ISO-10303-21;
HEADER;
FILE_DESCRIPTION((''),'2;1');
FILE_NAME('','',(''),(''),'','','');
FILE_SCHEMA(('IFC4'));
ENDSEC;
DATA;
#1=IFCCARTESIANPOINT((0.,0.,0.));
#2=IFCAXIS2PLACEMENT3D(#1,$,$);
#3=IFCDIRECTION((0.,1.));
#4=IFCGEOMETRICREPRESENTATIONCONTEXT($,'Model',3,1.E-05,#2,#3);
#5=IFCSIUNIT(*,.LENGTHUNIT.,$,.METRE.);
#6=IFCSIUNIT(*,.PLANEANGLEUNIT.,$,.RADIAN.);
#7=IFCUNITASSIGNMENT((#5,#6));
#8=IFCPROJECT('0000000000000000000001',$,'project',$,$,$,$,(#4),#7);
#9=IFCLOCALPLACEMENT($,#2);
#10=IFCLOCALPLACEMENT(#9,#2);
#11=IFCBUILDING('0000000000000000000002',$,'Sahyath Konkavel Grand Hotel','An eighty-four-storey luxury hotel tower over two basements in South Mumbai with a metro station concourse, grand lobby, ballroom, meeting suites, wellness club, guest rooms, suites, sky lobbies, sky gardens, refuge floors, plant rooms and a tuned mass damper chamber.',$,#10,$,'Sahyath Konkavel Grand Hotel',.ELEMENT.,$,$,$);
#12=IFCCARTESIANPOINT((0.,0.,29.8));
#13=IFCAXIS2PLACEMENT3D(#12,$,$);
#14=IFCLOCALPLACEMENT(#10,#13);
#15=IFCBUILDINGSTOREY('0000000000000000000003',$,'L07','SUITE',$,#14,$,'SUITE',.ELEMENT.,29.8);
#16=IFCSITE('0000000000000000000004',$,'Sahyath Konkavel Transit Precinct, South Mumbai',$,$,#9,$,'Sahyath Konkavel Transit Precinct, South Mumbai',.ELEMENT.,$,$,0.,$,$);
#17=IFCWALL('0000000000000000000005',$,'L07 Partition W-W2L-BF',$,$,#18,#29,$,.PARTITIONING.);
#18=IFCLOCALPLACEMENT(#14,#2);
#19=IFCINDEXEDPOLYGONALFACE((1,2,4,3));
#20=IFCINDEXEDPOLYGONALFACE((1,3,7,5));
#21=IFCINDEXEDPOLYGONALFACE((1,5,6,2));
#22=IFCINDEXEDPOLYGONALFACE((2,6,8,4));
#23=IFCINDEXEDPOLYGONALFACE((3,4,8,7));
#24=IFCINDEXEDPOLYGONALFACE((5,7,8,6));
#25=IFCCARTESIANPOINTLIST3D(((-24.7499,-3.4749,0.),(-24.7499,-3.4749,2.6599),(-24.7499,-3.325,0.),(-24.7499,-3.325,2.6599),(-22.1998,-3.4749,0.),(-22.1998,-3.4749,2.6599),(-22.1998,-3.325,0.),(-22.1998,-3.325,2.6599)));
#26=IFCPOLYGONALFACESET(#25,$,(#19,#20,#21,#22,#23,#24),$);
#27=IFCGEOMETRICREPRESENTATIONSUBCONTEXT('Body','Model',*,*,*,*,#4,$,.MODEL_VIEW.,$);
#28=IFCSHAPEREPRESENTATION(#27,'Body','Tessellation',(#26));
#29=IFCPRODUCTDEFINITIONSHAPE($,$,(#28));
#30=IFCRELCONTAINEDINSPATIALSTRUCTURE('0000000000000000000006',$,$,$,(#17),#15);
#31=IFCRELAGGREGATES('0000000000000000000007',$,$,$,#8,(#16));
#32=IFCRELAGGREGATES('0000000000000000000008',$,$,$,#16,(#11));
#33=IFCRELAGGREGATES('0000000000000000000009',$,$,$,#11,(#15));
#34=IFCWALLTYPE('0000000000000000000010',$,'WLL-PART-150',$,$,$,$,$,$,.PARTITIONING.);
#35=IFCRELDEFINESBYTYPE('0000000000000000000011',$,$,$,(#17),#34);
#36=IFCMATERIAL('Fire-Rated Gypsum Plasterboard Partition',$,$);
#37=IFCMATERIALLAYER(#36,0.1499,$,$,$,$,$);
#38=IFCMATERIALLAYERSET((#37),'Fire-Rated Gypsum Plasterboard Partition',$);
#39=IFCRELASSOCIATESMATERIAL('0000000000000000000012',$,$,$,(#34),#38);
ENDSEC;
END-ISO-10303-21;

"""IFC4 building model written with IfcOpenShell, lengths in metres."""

from ifc_helpers import new_model, si_unit, direction, frame, frame_2d, origin, place, context, subcontext, project, spatial, rectangle, extrude, material, layer, layer_set, type_object, element, save


model = new_model("IFC4")

# Units and contexts
model_context = context("Model", 3, precision=1e-05, world=origin(), true_north=direction((0.0, 1.0)))
body_context = subcontext(model_context, "Body", "Model", "MODEL_VIEW")
ifc_project = project(units=[si_unit("LENGTHUNIT", "METRE"), si_unit("PLANEANGLEUNIT", "RADIAN")], contexts=[model_context])

# Site, building, storey
site_placement = place(None, origin())
site = spatial("IfcSite", under=ifc_project, at=site_placement, Name="Sahyath Konkavel Transit Precinct, South Mumbai", LongName="Sahyath Konkavel Transit Precinct, South Mumbai", CompositionType="ELEMENT", RefElevation=0.0)
building_placement = place(site_placement, origin())
building = spatial("IfcBuilding", under=site, at=building_placement, Name="Sahyath Konkavel Grand Hotel", Description="An eighty-four-storey luxury hotel tower over two basements in South Mumbai with a metro station concourse, grand lobby, ballroom, meeting suites, wellness club, guest rooms, suites, sky lobbies, sky gardens, refuge floors, plant rooms and a tuned mass damper chamber.", LongName="Sahyath Konkavel Grand Hotel", CompositionType="ELEMENT")
storey_placement = place(building_placement, frame((0.0, 0.0, 29.8)))
storey = spatial("IfcBuildingStorey", under=building, at=storey_placement, Name="L07", Description="SUITE", LongName="SUITE", CompositionType="ELEMENT", Elevation=29.8)

# Shared definitions
ifc_material_1 = material(Name="Fire-Rated Gypsum Plasterboard Partition")
ifc_layer_1 = layer(ifc_material_1, 0.1499)
ifc_layer_set_1 = layer_set([ifc_layer_1], Name="Fire-Rated Gypsum Plasterboard Partition")
wall_type_1 = type_object("IfcWallType", Name="WLL-PART-150", PredefinedType="PARTITIONING", material=ifc_layer_set_1)

# Wall
wall_1_placement = place(storey_placement, frame((-22.2, -3.3999, 0.0), z_axis=(0.0, 0.0, 1.0), x_axis=(-1.0, 0.0, 0.0)))
element("IfcWall", 1, at=wall_1_placement, inside=storey, type_object=wall_type_1, Name="L07 Partition W-W2L-BF", PredefinedType="PARTITIONING", context=body_context, shape_type="SweptSolid", body=[
    extrude(rectangle(XDim=2.55, YDim=0.1499, at=frame_2d((1.2749, 0.0))), origin(), (0.0, 0.0, 1.0), 2.6599),
])

save(model, "model.ifc")
